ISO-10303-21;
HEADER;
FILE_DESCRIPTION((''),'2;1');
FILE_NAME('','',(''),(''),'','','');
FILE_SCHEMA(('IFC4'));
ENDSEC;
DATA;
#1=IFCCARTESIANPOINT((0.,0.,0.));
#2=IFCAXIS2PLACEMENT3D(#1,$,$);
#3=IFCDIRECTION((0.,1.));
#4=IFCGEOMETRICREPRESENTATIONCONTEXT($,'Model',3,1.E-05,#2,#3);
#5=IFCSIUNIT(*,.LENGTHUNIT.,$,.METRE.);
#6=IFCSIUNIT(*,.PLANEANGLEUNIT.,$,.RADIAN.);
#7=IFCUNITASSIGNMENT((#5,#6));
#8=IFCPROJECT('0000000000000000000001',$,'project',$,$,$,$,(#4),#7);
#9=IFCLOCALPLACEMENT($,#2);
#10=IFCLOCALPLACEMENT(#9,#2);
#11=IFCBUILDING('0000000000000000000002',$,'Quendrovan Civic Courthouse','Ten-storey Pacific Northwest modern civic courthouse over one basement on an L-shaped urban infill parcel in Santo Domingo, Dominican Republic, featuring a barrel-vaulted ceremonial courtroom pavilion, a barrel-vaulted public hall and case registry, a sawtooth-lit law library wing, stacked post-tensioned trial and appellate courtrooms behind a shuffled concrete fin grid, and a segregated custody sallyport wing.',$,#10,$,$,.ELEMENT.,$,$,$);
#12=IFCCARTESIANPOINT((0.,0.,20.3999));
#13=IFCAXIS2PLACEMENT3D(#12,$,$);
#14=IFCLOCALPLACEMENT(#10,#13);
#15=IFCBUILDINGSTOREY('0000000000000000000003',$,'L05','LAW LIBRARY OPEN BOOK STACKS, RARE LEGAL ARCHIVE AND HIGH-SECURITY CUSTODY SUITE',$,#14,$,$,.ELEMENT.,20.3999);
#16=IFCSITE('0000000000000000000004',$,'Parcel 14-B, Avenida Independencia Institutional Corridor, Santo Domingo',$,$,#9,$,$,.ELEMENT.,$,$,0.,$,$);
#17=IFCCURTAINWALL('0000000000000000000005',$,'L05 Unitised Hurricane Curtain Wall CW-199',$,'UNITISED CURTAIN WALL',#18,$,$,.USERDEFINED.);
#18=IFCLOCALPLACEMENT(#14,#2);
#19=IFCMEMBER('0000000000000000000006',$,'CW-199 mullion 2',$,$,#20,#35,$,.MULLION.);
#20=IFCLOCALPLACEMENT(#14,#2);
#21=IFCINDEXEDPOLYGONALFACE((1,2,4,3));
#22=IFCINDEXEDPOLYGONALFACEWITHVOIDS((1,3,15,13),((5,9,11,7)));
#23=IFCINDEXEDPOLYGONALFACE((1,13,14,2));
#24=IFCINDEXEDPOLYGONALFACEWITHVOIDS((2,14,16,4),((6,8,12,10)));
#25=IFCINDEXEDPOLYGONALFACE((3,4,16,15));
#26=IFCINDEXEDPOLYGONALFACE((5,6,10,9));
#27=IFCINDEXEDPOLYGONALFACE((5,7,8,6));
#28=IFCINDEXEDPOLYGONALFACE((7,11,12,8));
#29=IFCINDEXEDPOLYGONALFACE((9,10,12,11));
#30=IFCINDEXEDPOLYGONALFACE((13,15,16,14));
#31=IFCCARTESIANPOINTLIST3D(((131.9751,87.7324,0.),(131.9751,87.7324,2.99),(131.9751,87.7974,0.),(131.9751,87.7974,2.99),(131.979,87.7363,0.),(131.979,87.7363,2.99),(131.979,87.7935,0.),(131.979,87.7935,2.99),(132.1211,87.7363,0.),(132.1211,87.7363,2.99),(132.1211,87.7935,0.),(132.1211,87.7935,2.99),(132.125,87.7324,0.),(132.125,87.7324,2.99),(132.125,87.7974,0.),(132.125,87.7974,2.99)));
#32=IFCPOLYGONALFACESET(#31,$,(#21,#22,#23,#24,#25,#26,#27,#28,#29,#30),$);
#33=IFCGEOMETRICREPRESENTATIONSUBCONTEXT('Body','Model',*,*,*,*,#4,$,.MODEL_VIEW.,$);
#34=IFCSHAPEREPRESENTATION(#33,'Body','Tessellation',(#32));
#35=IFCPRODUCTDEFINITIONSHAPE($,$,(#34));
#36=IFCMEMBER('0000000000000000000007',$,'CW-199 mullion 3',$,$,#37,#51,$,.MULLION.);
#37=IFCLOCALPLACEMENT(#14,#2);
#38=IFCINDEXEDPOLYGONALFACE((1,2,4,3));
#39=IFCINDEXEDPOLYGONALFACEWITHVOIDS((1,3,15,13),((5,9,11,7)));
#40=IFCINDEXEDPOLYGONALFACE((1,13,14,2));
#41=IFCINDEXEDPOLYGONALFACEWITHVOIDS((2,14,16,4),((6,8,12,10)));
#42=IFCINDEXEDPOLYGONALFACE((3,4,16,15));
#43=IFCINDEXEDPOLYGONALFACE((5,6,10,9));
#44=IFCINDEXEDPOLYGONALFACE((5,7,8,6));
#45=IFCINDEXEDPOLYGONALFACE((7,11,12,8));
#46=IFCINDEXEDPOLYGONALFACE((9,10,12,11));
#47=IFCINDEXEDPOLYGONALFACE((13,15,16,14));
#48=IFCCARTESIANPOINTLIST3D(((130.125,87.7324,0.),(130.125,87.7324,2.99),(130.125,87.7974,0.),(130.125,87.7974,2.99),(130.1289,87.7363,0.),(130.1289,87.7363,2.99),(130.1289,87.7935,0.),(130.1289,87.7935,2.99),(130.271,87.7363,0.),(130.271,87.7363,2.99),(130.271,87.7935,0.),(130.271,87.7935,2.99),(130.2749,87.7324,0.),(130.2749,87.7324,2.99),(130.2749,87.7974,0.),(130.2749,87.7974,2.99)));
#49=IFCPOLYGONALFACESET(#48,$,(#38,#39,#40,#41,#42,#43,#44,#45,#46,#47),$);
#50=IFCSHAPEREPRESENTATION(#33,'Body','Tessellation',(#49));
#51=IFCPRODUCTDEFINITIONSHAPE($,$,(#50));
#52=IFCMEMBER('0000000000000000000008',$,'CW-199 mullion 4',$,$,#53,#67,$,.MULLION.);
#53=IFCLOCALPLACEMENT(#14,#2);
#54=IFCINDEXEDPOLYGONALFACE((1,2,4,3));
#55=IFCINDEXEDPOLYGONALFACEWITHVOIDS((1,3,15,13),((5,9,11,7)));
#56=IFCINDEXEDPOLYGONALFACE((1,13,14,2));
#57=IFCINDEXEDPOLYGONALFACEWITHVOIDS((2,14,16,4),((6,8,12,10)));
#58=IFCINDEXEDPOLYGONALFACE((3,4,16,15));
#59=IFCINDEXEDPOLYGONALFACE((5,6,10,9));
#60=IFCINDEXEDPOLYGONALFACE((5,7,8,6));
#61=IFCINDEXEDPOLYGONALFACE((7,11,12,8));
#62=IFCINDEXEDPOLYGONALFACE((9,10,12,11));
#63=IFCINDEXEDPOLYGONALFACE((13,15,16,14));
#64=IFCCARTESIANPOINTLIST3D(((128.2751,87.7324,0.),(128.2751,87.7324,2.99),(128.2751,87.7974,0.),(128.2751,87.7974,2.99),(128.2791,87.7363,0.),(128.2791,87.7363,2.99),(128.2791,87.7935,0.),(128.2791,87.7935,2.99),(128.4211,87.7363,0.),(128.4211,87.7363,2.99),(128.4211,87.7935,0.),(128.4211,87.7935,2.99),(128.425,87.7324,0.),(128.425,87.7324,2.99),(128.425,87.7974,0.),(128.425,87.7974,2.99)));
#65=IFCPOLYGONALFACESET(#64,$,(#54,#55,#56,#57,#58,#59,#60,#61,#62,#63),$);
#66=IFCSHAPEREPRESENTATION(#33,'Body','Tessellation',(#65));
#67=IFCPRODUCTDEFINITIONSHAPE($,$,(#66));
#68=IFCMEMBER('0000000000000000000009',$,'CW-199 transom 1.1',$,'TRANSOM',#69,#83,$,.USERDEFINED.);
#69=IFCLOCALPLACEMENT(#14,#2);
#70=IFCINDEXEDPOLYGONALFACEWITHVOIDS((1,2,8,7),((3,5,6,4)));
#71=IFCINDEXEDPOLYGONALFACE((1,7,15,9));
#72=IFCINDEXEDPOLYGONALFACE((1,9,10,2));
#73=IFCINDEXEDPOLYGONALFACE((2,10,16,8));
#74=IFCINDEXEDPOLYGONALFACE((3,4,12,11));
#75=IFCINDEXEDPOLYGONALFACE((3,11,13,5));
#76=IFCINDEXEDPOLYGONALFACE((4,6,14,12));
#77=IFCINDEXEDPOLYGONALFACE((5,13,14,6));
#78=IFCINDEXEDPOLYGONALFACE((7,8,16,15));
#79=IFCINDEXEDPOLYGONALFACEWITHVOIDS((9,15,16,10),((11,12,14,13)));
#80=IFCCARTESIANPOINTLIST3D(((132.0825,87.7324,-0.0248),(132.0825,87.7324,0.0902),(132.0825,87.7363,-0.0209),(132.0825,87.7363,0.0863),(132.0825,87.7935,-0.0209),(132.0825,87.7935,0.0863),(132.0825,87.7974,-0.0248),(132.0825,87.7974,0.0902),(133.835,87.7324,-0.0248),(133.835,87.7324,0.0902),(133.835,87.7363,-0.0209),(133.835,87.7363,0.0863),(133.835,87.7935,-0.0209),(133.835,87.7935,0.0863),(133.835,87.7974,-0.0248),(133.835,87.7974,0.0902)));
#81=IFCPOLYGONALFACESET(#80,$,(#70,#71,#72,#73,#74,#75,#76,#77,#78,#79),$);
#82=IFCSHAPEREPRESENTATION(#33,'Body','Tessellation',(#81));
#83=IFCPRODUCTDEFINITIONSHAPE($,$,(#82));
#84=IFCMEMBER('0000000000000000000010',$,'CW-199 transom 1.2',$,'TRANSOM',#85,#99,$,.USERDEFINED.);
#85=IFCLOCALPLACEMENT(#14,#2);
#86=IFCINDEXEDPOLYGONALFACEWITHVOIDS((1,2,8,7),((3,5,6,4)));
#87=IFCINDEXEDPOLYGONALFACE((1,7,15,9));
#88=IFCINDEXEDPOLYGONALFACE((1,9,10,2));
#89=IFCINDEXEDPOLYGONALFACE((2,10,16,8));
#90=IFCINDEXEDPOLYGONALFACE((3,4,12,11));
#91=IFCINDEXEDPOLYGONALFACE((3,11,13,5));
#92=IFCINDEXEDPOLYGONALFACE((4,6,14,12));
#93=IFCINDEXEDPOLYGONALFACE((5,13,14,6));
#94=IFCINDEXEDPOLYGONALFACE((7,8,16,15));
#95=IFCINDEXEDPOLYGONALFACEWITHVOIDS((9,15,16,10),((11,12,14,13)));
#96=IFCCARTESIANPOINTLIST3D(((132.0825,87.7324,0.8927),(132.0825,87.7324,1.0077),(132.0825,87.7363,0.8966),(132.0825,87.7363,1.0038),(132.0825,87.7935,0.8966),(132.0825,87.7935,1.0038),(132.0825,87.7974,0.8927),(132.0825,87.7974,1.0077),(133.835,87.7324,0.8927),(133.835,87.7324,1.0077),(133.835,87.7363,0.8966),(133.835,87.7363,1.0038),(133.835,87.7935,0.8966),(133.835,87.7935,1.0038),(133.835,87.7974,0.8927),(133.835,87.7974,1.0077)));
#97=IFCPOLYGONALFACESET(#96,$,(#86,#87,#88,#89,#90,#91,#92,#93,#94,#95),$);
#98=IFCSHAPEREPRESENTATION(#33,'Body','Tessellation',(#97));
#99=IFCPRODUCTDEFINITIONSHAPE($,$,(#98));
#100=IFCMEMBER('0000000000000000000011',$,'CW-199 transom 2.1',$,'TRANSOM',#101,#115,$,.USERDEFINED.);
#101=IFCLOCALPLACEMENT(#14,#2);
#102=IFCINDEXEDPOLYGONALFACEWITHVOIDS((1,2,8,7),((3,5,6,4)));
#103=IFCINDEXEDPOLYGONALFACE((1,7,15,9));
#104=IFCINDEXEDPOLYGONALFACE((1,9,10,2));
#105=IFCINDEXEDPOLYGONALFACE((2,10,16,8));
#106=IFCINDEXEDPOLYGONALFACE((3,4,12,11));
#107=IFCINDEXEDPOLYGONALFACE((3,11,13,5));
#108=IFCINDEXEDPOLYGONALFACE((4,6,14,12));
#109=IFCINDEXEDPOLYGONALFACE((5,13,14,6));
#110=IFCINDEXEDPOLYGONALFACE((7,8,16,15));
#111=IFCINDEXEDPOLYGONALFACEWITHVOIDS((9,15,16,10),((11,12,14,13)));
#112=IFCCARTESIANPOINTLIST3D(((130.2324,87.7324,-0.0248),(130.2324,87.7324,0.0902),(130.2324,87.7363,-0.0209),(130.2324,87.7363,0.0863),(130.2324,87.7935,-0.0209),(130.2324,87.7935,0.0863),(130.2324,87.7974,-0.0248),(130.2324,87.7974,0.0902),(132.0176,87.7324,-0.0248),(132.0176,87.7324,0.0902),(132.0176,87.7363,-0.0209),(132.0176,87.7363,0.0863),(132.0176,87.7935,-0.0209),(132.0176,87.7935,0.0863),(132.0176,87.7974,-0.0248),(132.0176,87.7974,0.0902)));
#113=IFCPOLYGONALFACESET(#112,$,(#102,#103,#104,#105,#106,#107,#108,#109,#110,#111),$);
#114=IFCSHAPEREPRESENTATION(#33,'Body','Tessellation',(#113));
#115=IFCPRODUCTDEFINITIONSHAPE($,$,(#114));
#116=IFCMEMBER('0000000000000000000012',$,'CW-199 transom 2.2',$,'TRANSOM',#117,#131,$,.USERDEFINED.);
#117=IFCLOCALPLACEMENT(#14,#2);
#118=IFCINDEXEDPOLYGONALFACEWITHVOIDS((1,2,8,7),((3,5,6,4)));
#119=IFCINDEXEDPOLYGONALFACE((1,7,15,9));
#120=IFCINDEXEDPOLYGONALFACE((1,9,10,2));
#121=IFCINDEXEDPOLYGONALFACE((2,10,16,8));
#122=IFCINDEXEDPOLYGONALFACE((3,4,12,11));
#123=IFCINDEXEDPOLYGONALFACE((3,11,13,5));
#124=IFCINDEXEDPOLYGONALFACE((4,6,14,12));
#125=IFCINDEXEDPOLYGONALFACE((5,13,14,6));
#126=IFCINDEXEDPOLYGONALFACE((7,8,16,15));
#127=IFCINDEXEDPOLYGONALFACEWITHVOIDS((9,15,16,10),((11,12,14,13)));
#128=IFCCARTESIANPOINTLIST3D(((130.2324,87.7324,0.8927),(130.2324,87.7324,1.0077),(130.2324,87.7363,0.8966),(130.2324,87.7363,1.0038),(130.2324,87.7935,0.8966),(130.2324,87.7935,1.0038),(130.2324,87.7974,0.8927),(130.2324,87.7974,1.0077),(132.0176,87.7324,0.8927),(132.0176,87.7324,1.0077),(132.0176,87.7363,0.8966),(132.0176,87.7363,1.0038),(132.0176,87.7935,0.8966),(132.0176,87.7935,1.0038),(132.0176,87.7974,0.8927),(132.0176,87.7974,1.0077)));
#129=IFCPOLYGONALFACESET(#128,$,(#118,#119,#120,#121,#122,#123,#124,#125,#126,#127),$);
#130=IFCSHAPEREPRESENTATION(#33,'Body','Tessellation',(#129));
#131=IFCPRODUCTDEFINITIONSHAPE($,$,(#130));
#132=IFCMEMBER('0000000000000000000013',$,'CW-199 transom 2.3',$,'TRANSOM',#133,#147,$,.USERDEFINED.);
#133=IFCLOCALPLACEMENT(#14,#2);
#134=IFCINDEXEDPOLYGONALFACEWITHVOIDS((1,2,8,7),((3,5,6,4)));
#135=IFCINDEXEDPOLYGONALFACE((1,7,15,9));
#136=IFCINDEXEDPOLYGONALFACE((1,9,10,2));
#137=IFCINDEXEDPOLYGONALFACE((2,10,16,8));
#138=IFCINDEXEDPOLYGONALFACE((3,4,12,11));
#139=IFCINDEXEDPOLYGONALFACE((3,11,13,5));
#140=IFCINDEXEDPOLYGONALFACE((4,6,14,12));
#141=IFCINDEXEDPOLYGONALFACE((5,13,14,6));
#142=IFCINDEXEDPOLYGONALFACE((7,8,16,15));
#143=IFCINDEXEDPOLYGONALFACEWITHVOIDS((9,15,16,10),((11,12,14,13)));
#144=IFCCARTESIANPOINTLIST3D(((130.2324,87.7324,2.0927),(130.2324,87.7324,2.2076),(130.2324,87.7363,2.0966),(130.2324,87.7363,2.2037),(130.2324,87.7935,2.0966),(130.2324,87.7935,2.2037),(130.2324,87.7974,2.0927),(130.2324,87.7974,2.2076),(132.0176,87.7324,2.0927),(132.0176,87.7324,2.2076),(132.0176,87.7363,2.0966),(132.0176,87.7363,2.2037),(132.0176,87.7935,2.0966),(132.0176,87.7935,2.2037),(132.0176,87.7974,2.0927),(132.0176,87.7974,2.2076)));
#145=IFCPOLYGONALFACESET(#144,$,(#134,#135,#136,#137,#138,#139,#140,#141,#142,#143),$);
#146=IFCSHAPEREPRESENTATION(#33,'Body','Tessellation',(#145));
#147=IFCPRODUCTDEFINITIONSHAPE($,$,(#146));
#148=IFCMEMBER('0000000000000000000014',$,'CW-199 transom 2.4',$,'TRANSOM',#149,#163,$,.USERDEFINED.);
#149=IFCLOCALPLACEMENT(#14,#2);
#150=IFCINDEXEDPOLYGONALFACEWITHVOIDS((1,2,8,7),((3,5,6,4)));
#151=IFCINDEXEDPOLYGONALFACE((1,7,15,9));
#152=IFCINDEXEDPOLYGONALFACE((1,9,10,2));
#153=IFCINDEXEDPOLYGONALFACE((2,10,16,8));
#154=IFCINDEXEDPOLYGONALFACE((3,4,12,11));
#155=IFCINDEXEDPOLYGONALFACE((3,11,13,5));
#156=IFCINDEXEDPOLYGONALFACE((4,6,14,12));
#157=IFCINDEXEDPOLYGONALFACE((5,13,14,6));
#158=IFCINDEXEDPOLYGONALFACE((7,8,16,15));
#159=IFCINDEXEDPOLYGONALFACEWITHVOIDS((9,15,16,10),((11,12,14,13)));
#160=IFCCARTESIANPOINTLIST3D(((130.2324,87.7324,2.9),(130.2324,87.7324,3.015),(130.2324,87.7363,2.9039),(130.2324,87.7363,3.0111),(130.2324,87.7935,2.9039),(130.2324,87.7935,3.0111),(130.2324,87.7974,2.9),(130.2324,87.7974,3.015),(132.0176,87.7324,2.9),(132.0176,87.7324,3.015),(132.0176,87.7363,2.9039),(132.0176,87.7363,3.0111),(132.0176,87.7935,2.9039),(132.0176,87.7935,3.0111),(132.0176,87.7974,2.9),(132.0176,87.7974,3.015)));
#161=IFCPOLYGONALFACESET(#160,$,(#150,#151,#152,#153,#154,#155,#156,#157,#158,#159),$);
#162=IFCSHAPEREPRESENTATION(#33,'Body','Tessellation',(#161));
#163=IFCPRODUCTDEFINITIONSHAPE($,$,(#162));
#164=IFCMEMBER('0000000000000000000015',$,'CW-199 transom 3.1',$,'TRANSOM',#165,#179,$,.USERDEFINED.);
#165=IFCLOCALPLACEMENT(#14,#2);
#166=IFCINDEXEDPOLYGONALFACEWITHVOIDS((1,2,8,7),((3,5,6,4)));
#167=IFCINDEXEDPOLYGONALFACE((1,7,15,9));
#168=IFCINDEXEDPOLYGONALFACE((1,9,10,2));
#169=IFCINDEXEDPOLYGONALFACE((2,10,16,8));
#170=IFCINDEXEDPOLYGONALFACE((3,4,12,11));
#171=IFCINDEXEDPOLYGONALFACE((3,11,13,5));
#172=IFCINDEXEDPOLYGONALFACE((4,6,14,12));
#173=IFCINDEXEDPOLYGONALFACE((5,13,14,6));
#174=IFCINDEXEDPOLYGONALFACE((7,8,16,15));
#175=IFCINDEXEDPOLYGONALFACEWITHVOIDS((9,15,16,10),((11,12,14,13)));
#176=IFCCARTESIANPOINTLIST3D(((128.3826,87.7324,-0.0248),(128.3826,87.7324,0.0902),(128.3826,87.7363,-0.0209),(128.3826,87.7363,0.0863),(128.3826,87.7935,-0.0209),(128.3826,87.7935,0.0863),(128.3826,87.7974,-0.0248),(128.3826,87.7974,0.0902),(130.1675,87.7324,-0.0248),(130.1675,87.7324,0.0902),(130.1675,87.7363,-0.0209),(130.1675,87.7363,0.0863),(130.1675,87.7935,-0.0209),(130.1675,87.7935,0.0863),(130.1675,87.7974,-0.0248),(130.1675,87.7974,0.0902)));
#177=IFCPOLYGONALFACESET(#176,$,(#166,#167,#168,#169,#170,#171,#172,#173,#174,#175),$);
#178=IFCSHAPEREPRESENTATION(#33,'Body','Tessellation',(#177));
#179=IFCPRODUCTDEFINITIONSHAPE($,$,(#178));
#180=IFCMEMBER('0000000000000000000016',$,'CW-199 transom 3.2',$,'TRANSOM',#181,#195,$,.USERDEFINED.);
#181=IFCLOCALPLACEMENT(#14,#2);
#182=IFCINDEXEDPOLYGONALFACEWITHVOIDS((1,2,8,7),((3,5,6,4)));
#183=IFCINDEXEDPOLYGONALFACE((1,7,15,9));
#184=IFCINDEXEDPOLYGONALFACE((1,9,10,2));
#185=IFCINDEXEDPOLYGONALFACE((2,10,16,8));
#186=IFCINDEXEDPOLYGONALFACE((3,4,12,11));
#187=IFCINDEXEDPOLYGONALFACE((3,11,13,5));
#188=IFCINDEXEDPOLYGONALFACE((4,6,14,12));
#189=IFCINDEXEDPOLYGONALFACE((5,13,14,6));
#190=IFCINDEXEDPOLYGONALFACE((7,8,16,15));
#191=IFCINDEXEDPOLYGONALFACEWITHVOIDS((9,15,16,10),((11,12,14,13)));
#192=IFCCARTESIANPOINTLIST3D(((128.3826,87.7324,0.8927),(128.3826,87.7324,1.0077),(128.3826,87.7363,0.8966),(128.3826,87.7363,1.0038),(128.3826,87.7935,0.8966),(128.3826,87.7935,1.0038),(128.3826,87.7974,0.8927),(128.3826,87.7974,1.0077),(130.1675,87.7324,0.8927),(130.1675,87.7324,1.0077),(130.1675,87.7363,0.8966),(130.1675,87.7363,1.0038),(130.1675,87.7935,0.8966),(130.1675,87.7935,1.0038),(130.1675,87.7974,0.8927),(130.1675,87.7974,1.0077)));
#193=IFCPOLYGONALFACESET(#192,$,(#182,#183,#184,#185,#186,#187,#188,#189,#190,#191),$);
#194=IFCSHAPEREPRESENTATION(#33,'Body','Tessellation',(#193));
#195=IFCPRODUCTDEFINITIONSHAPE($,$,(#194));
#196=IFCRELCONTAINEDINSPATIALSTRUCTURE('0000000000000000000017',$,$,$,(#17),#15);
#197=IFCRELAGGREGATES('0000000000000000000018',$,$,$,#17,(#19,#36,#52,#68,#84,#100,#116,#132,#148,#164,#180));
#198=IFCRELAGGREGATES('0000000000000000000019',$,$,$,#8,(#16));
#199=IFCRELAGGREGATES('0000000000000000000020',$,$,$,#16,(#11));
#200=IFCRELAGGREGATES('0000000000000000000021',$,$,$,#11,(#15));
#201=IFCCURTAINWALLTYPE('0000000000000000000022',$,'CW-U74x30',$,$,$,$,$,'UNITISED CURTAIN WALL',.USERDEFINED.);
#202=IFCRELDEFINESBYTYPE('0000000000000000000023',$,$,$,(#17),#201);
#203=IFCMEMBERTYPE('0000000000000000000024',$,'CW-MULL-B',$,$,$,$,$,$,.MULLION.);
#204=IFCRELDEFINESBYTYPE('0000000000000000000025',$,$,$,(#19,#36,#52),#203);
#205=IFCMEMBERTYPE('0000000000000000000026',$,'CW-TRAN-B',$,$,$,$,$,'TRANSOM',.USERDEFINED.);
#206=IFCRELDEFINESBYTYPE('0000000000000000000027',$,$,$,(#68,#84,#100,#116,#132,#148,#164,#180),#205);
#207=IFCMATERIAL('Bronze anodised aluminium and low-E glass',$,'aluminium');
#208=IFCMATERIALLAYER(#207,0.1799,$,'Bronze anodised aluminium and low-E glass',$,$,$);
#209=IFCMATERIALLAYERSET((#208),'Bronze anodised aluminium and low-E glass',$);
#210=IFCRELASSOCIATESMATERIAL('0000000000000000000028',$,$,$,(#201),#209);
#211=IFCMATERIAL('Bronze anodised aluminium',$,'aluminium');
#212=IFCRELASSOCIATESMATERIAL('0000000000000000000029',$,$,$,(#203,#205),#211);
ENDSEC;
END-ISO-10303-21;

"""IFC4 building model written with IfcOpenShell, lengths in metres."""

from ifc_helpers import new_model, si_unit, direction, frame, origin, origin_2d, place, context, subcontext, project, spatial, hollow_rectangle, extrude, material, layer, layer_set, material_profile, profile_set, type_object, element, aggregate, save


model = new_model("IFC4")

# Units and contexts
model_context = context("Model", 3, precision=1e-05, world=origin(), true_north=direction((0.0, 1.0)))
body_context = subcontext(model_context, "Body", "Model", "MODEL_VIEW")
ifc_project = project(units=[si_unit("LENGTHUNIT", "METRE"), si_unit("PLANEANGLEUNIT", "RADIAN")], contexts=[model_context])

# Site, building, storey
site_placement = place(None, origin())
site = spatial("IfcSite", under=ifc_project, at=site_placement, Name="Parcel 14-B, Avenida Independencia Institutional Corridor, Santo Domingo", CompositionType="ELEMENT", RefElevation=0.0)
building_placement = place(site_placement, origin())
building = spatial("IfcBuilding", under=site, at=building_placement, Name="Quendrovan Civic Courthouse", Description="Ten-storey Pacific Northwest modern civic courthouse over one basement on an L-shaped urban infill parcel in Santo Domingo, Dominican Republic, featuring a barrel-vaulted ceremonial courtroom pavilion, a barrel-vaulted public hall and case registry, a sawtooth-lit law library wing, stacked post-tensioned trial and appellate courtrooms behind a shuffled concrete fin grid, and a segregated custody sallyport wing.", CompositionType="ELEMENT")
storey_placement = place(building_placement, frame((0.0, 0.0, 20.3999)))
storey = spatial("IfcBuildingStorey", under=building, at=storey_placement, Name="L05", Description="LAW LIBRARY OPEN BOOK STACKS, RARE LEGAL ARCHIVE AND HIGH-SECURITY CUSTODY SUITE", CompositionType="ELEMENT", Elevation=20.3999)

# Curtain wall, members
ifc_material_1 = material(Name="Bronze anodised aluminium and low-E glass", Category="aluminium")
ifc_layer_1 = layer(ifc_material_1, 0.1799, Name="Bronze anodised aluminium and low-E glass")
ifc_layer_set_1 = layer_set([ifc_layer_1], Name="Bronze anodised aluminium and low-E glass")
curtain_wall_type = type_object("IfcCurtainWallType", Name="CW-U74x30", ElementType="UNITISED CURTAIN WALL", PredefinedType="USERDEFINED", material=ifc_layer_set_1)
curtain_wall_placement = place(storey_placement, origin())
curtain_wall = element("IfcCurtainWall", 1, at=curtain_wall_placement, inside=storey, type_object=curtain_wall_type, Name="L05 Unitised Hurricane Curtain Wall CW-199", ObjectType="UNITISED CURTAIN WALL", PredefinedType="USERDEFINED")
ifc_material_2 = material(Name="Bronze anodised aluminium", Category="aluminium")
ifc_material_profile_1 = material_profile(ifc_material_2, hollow_rectangle(XDim=0.0649, YDim=0.1499, WallThickness=0.0039, at=origin_2d()), Name="CW-MULL-65x150")
ifc_profile_set_1 = profile_set([ifc_material_profile_1], Name="Bronze anodised aluminium")
member_type_1 = type_object("IfcMemberType", Name="CW-MULL-B", PredefinedType="MULLION", material=ifc_profile_set_1)
member_1_placement = place(storey_placement, frame((132.05, 87.7649, 0.0), z_axis=(0.0, 0.0, 1.0), x_axis=(0.0, -1.0, 0.0)))
member_1 = element("IfcMember", 2, at=member_1_placement, type_object=member_type_1, Name="CW-199 mullion 2", PredefinedType="MULLION", context=body_context, shape_type="SweptSolid", body=[
    extrude(hollow_rectangle(XDim=0.0649, YDim=0.1499, WallThickness=0.0039, at=origin_2d()), origin(), (0.0, 0.0, 1.0), 2.99),
])
member_2_placement = place(storey_placement, frame((130.2, 87.7649, 0.0), z_axis=(0.0, 0.0, 1.0), x_axis=(0.0, -1.0, 0.0)))
member_2 = element("IfcMember", 3, at=member_2_placement, type_object=member_type_1, Name="CW-199 mullion 3", PredefinedType="MULLION", context=body_context, shape_type="SweptSolid", body=[
    extrude(hollow_rectangle(XDim=0.0649, YDim=0.1499, WallThickness=0.0039, at=origin_2d()), origin(), (0.0, 0.0, 1.0), 2.99),
])
member_3_placement = place(storey_placement, frame((128.3501, 87.7649, 0.0), z_axis=(0.0, 0.0, 1.0), x_axis=(0.0, -1.0, 0.0)))
member_3 = element("IfcMember", 4, at=member_3_placement, type_object=member_type_1, Name="CW-199 mullion 4", PredefinedType="MULLION", context=body_context, shape_type="SweptSolid", body=[
    extrude(hollow_rectangle(XDim=0.0649, YDim=0.1499, WallThickness=0.0039, at=origin_2d()), origin(), (0.0, 0.0, 1.0), 2.99),
])
ifc_material_profile_2 = material_profile(ifc_material_2, hollow_rectangle(XDim=0.0649, YDim=0.115, WallThickness=0.0039, at=origin_2d()), Name="CW-TRAN-65x115")
ifc_profile_set_2 = profile_set([ifc_material_profile_2], Name="Bronze anodised aluminium")
member_type_2 = type_object("IfcMemberType", Name="CW-TRAN-B", ElementType="TRANSOM", PredefinedType="USERDEFINED", material=ifc_profile_set_2)
member_4_placement = place(storey_placement, frame((133.835, 87.7649, 0.0327), z_axis=(-1.0, 0.0, 0.0), x_axis=(0.0, -1.0, 0.0)))
member_4 = element("IfcMember", 5, at=member_4_placement, type_object=member_type_2, Name="CW-199 transom 1.1", ObjectType="TRANSOM", PredefinedType="USERDEFINED", context=body_context, shape_type="SweptSolid", body=[
    extrude(hollow_rectangle(XDim=0.0649, YDim=0.115, WallThickness=0.0039, at=origin_2d()), origin(), (0.0, 0.0, 1.0), 1.7524),
])
member_5_placement = place(storey_placement, frame((133.835, 87.7649, 0.9502), z_axis=(-1.0, 0.0, 0.0), x_axis=(0.0, -1.0, 0.0)))
member_5 = element("IfcMember", 6, at=member_5_placement, type_object=member_type_2, Name="CW-199 transom 1.2", ObjectType="TRANSOM", PredefinedType="USERDEFINED", context=body_context, shape_type="SweptSolid", body=[
    extrude(hollow_rectangle(XDim=0.0649, YDim=0.115, WallThickness=0.0039, at=origin_2d()), origin(), (0.0, 0.0, 1.0), 1.7524),
])
member_6_placement = place(storey_placement, frame((132.0176, 87.7649, 0.0327), z_axis=(-1.0, 0.0, 0.0), x_axis=(0.0, -1.0, 0.0)))
member_6 = element("IfcMember", 7, at=member_6_placement, type_object=member_type_2, Name="CW-199 transom 2.1", ObjectType="TRANSOM", PredefinedType="USERDEFINED", context=body_context, shape_type="SweptSolid", body=[
    extrude(hollow_rectangle(XDim=0.0649, YDim=0.115, WallThickness=0.0039, at=origin_2d()), origin(), (0.0, 0.0, 1.0), 1.7852),
])
member_7_placement = place(storey_placement, frame((132.0176, 87.7649, 0.9502), z_axis=(-1.0, 0.0, 0.0), x_axis=(0.0, -1.0, 0.0)))
member_7 = element("IfcMember", 8, at=member_7_placement, type_object=member_type_2, Name="CW-199 transom 2.2", ObjectType="TRANSOM", PredefinedType="USERDEFINED", context=body_context, shape_type="SweptSolid", body=[
    extrude(hollow_rectangle(XDim=0.0649, YDim=0.115, WallThickness=0.0039, at=origin_2d()), origin(), (0.0, 0.0, 1.0), 1.7852),
])
member_8_placement = place(storey_placement, frame((132.0176, 87.7649, 2.1501), z_axis=(-1.0, 0.0, 0.0), x_axis=(0.0, -1.0, 0.0)))
member_8 = element("IfcMember", 9, at=member_8_placement, type_object=member_type_2, Name="CW-199 transom 2.3", ObjectType="TRANSOM", PredefinedType="USERDEFINED", context=body_context, shape_type="SweptSolid", body=[
    extrude(hollow_rectangle(XDim=0.0649, YDim=0.115, WallThickness=0.0039, at=origin_2d()), origin(), (0.0, 0.0, 1.0), 1.7852),
])
member_9_placement = place(storey_placement, frame((132.0176, 87.7649, 2.9575), z_axis=(-1.0, 0.0, 0.0), x_axis=(0.0, -1.0, 0.0)))
member_9 = element("IfcMember", 10, at=member_9_placement, type_object=member_type_2, Name="CW-199 transom 2.4", ObjectType="TRANSOM", PredefinedType="USERDEFINED", context=body_context, shape_type="SweptSolid", body=[
    extrude(hollow_rectangle(XDim=0.0649, YDim=0.115, WallThickness=0.0039, at=origin_2d()), origin(), (0.0, 0.0, 1.0), 1.7852),
])
member_10_placement = place(storey_placement, frame((130.1675, 87.7649, 0.0327), z_axis=(-1.0, 0.0, 0.0), x_axis=(0.0, -1.0, 0.0)))
member_10 = element("IfcMember", 11, at=member_10_placement, type_object=member_type_2, Name="CW-199 transom 3.1", ObjectType="TRANSOM", PredefinedType="USERDEFINED", context=body_context, shape_type="SweptSolid", body=[
    extrude(hollow_rectangle(XDim=0.0649, YDim=0.115, WallThickness=0.0039, at=origin_2d()), origin(), (0.0, 0.0, 1.0), 1.7849),
])
member_11_placement = place(storey_placement, frame((130.1675, 87.7649, 0.9502), z_axis=(-1.0, 0.0, 0.0), x_axis=(0.0, -1.0, 0.0)))
member_11 = element("IfcMember", 12, at=member_11_placement, type_object=member_type_2, Name="CW-199 transom 3.2", ObjectType="TRANSOM", PredefinedType="USERDEFINED", context=body_context, shape_type="SweptSolid", body=[
    extrude(hollow_rectangle(XDim=0.0649, YDim=0.115, WallThickness=0.0039, at=origin_2d()), origin(), (0.0, 0.0, 1.0), 1.7849),
])
aggregate(curtain_wall, [member_1, member_2, member_3, member_4, member_5, member_6, member_7, member_8, member_9, member_10, member_11])

save(model, "model.ifc")
